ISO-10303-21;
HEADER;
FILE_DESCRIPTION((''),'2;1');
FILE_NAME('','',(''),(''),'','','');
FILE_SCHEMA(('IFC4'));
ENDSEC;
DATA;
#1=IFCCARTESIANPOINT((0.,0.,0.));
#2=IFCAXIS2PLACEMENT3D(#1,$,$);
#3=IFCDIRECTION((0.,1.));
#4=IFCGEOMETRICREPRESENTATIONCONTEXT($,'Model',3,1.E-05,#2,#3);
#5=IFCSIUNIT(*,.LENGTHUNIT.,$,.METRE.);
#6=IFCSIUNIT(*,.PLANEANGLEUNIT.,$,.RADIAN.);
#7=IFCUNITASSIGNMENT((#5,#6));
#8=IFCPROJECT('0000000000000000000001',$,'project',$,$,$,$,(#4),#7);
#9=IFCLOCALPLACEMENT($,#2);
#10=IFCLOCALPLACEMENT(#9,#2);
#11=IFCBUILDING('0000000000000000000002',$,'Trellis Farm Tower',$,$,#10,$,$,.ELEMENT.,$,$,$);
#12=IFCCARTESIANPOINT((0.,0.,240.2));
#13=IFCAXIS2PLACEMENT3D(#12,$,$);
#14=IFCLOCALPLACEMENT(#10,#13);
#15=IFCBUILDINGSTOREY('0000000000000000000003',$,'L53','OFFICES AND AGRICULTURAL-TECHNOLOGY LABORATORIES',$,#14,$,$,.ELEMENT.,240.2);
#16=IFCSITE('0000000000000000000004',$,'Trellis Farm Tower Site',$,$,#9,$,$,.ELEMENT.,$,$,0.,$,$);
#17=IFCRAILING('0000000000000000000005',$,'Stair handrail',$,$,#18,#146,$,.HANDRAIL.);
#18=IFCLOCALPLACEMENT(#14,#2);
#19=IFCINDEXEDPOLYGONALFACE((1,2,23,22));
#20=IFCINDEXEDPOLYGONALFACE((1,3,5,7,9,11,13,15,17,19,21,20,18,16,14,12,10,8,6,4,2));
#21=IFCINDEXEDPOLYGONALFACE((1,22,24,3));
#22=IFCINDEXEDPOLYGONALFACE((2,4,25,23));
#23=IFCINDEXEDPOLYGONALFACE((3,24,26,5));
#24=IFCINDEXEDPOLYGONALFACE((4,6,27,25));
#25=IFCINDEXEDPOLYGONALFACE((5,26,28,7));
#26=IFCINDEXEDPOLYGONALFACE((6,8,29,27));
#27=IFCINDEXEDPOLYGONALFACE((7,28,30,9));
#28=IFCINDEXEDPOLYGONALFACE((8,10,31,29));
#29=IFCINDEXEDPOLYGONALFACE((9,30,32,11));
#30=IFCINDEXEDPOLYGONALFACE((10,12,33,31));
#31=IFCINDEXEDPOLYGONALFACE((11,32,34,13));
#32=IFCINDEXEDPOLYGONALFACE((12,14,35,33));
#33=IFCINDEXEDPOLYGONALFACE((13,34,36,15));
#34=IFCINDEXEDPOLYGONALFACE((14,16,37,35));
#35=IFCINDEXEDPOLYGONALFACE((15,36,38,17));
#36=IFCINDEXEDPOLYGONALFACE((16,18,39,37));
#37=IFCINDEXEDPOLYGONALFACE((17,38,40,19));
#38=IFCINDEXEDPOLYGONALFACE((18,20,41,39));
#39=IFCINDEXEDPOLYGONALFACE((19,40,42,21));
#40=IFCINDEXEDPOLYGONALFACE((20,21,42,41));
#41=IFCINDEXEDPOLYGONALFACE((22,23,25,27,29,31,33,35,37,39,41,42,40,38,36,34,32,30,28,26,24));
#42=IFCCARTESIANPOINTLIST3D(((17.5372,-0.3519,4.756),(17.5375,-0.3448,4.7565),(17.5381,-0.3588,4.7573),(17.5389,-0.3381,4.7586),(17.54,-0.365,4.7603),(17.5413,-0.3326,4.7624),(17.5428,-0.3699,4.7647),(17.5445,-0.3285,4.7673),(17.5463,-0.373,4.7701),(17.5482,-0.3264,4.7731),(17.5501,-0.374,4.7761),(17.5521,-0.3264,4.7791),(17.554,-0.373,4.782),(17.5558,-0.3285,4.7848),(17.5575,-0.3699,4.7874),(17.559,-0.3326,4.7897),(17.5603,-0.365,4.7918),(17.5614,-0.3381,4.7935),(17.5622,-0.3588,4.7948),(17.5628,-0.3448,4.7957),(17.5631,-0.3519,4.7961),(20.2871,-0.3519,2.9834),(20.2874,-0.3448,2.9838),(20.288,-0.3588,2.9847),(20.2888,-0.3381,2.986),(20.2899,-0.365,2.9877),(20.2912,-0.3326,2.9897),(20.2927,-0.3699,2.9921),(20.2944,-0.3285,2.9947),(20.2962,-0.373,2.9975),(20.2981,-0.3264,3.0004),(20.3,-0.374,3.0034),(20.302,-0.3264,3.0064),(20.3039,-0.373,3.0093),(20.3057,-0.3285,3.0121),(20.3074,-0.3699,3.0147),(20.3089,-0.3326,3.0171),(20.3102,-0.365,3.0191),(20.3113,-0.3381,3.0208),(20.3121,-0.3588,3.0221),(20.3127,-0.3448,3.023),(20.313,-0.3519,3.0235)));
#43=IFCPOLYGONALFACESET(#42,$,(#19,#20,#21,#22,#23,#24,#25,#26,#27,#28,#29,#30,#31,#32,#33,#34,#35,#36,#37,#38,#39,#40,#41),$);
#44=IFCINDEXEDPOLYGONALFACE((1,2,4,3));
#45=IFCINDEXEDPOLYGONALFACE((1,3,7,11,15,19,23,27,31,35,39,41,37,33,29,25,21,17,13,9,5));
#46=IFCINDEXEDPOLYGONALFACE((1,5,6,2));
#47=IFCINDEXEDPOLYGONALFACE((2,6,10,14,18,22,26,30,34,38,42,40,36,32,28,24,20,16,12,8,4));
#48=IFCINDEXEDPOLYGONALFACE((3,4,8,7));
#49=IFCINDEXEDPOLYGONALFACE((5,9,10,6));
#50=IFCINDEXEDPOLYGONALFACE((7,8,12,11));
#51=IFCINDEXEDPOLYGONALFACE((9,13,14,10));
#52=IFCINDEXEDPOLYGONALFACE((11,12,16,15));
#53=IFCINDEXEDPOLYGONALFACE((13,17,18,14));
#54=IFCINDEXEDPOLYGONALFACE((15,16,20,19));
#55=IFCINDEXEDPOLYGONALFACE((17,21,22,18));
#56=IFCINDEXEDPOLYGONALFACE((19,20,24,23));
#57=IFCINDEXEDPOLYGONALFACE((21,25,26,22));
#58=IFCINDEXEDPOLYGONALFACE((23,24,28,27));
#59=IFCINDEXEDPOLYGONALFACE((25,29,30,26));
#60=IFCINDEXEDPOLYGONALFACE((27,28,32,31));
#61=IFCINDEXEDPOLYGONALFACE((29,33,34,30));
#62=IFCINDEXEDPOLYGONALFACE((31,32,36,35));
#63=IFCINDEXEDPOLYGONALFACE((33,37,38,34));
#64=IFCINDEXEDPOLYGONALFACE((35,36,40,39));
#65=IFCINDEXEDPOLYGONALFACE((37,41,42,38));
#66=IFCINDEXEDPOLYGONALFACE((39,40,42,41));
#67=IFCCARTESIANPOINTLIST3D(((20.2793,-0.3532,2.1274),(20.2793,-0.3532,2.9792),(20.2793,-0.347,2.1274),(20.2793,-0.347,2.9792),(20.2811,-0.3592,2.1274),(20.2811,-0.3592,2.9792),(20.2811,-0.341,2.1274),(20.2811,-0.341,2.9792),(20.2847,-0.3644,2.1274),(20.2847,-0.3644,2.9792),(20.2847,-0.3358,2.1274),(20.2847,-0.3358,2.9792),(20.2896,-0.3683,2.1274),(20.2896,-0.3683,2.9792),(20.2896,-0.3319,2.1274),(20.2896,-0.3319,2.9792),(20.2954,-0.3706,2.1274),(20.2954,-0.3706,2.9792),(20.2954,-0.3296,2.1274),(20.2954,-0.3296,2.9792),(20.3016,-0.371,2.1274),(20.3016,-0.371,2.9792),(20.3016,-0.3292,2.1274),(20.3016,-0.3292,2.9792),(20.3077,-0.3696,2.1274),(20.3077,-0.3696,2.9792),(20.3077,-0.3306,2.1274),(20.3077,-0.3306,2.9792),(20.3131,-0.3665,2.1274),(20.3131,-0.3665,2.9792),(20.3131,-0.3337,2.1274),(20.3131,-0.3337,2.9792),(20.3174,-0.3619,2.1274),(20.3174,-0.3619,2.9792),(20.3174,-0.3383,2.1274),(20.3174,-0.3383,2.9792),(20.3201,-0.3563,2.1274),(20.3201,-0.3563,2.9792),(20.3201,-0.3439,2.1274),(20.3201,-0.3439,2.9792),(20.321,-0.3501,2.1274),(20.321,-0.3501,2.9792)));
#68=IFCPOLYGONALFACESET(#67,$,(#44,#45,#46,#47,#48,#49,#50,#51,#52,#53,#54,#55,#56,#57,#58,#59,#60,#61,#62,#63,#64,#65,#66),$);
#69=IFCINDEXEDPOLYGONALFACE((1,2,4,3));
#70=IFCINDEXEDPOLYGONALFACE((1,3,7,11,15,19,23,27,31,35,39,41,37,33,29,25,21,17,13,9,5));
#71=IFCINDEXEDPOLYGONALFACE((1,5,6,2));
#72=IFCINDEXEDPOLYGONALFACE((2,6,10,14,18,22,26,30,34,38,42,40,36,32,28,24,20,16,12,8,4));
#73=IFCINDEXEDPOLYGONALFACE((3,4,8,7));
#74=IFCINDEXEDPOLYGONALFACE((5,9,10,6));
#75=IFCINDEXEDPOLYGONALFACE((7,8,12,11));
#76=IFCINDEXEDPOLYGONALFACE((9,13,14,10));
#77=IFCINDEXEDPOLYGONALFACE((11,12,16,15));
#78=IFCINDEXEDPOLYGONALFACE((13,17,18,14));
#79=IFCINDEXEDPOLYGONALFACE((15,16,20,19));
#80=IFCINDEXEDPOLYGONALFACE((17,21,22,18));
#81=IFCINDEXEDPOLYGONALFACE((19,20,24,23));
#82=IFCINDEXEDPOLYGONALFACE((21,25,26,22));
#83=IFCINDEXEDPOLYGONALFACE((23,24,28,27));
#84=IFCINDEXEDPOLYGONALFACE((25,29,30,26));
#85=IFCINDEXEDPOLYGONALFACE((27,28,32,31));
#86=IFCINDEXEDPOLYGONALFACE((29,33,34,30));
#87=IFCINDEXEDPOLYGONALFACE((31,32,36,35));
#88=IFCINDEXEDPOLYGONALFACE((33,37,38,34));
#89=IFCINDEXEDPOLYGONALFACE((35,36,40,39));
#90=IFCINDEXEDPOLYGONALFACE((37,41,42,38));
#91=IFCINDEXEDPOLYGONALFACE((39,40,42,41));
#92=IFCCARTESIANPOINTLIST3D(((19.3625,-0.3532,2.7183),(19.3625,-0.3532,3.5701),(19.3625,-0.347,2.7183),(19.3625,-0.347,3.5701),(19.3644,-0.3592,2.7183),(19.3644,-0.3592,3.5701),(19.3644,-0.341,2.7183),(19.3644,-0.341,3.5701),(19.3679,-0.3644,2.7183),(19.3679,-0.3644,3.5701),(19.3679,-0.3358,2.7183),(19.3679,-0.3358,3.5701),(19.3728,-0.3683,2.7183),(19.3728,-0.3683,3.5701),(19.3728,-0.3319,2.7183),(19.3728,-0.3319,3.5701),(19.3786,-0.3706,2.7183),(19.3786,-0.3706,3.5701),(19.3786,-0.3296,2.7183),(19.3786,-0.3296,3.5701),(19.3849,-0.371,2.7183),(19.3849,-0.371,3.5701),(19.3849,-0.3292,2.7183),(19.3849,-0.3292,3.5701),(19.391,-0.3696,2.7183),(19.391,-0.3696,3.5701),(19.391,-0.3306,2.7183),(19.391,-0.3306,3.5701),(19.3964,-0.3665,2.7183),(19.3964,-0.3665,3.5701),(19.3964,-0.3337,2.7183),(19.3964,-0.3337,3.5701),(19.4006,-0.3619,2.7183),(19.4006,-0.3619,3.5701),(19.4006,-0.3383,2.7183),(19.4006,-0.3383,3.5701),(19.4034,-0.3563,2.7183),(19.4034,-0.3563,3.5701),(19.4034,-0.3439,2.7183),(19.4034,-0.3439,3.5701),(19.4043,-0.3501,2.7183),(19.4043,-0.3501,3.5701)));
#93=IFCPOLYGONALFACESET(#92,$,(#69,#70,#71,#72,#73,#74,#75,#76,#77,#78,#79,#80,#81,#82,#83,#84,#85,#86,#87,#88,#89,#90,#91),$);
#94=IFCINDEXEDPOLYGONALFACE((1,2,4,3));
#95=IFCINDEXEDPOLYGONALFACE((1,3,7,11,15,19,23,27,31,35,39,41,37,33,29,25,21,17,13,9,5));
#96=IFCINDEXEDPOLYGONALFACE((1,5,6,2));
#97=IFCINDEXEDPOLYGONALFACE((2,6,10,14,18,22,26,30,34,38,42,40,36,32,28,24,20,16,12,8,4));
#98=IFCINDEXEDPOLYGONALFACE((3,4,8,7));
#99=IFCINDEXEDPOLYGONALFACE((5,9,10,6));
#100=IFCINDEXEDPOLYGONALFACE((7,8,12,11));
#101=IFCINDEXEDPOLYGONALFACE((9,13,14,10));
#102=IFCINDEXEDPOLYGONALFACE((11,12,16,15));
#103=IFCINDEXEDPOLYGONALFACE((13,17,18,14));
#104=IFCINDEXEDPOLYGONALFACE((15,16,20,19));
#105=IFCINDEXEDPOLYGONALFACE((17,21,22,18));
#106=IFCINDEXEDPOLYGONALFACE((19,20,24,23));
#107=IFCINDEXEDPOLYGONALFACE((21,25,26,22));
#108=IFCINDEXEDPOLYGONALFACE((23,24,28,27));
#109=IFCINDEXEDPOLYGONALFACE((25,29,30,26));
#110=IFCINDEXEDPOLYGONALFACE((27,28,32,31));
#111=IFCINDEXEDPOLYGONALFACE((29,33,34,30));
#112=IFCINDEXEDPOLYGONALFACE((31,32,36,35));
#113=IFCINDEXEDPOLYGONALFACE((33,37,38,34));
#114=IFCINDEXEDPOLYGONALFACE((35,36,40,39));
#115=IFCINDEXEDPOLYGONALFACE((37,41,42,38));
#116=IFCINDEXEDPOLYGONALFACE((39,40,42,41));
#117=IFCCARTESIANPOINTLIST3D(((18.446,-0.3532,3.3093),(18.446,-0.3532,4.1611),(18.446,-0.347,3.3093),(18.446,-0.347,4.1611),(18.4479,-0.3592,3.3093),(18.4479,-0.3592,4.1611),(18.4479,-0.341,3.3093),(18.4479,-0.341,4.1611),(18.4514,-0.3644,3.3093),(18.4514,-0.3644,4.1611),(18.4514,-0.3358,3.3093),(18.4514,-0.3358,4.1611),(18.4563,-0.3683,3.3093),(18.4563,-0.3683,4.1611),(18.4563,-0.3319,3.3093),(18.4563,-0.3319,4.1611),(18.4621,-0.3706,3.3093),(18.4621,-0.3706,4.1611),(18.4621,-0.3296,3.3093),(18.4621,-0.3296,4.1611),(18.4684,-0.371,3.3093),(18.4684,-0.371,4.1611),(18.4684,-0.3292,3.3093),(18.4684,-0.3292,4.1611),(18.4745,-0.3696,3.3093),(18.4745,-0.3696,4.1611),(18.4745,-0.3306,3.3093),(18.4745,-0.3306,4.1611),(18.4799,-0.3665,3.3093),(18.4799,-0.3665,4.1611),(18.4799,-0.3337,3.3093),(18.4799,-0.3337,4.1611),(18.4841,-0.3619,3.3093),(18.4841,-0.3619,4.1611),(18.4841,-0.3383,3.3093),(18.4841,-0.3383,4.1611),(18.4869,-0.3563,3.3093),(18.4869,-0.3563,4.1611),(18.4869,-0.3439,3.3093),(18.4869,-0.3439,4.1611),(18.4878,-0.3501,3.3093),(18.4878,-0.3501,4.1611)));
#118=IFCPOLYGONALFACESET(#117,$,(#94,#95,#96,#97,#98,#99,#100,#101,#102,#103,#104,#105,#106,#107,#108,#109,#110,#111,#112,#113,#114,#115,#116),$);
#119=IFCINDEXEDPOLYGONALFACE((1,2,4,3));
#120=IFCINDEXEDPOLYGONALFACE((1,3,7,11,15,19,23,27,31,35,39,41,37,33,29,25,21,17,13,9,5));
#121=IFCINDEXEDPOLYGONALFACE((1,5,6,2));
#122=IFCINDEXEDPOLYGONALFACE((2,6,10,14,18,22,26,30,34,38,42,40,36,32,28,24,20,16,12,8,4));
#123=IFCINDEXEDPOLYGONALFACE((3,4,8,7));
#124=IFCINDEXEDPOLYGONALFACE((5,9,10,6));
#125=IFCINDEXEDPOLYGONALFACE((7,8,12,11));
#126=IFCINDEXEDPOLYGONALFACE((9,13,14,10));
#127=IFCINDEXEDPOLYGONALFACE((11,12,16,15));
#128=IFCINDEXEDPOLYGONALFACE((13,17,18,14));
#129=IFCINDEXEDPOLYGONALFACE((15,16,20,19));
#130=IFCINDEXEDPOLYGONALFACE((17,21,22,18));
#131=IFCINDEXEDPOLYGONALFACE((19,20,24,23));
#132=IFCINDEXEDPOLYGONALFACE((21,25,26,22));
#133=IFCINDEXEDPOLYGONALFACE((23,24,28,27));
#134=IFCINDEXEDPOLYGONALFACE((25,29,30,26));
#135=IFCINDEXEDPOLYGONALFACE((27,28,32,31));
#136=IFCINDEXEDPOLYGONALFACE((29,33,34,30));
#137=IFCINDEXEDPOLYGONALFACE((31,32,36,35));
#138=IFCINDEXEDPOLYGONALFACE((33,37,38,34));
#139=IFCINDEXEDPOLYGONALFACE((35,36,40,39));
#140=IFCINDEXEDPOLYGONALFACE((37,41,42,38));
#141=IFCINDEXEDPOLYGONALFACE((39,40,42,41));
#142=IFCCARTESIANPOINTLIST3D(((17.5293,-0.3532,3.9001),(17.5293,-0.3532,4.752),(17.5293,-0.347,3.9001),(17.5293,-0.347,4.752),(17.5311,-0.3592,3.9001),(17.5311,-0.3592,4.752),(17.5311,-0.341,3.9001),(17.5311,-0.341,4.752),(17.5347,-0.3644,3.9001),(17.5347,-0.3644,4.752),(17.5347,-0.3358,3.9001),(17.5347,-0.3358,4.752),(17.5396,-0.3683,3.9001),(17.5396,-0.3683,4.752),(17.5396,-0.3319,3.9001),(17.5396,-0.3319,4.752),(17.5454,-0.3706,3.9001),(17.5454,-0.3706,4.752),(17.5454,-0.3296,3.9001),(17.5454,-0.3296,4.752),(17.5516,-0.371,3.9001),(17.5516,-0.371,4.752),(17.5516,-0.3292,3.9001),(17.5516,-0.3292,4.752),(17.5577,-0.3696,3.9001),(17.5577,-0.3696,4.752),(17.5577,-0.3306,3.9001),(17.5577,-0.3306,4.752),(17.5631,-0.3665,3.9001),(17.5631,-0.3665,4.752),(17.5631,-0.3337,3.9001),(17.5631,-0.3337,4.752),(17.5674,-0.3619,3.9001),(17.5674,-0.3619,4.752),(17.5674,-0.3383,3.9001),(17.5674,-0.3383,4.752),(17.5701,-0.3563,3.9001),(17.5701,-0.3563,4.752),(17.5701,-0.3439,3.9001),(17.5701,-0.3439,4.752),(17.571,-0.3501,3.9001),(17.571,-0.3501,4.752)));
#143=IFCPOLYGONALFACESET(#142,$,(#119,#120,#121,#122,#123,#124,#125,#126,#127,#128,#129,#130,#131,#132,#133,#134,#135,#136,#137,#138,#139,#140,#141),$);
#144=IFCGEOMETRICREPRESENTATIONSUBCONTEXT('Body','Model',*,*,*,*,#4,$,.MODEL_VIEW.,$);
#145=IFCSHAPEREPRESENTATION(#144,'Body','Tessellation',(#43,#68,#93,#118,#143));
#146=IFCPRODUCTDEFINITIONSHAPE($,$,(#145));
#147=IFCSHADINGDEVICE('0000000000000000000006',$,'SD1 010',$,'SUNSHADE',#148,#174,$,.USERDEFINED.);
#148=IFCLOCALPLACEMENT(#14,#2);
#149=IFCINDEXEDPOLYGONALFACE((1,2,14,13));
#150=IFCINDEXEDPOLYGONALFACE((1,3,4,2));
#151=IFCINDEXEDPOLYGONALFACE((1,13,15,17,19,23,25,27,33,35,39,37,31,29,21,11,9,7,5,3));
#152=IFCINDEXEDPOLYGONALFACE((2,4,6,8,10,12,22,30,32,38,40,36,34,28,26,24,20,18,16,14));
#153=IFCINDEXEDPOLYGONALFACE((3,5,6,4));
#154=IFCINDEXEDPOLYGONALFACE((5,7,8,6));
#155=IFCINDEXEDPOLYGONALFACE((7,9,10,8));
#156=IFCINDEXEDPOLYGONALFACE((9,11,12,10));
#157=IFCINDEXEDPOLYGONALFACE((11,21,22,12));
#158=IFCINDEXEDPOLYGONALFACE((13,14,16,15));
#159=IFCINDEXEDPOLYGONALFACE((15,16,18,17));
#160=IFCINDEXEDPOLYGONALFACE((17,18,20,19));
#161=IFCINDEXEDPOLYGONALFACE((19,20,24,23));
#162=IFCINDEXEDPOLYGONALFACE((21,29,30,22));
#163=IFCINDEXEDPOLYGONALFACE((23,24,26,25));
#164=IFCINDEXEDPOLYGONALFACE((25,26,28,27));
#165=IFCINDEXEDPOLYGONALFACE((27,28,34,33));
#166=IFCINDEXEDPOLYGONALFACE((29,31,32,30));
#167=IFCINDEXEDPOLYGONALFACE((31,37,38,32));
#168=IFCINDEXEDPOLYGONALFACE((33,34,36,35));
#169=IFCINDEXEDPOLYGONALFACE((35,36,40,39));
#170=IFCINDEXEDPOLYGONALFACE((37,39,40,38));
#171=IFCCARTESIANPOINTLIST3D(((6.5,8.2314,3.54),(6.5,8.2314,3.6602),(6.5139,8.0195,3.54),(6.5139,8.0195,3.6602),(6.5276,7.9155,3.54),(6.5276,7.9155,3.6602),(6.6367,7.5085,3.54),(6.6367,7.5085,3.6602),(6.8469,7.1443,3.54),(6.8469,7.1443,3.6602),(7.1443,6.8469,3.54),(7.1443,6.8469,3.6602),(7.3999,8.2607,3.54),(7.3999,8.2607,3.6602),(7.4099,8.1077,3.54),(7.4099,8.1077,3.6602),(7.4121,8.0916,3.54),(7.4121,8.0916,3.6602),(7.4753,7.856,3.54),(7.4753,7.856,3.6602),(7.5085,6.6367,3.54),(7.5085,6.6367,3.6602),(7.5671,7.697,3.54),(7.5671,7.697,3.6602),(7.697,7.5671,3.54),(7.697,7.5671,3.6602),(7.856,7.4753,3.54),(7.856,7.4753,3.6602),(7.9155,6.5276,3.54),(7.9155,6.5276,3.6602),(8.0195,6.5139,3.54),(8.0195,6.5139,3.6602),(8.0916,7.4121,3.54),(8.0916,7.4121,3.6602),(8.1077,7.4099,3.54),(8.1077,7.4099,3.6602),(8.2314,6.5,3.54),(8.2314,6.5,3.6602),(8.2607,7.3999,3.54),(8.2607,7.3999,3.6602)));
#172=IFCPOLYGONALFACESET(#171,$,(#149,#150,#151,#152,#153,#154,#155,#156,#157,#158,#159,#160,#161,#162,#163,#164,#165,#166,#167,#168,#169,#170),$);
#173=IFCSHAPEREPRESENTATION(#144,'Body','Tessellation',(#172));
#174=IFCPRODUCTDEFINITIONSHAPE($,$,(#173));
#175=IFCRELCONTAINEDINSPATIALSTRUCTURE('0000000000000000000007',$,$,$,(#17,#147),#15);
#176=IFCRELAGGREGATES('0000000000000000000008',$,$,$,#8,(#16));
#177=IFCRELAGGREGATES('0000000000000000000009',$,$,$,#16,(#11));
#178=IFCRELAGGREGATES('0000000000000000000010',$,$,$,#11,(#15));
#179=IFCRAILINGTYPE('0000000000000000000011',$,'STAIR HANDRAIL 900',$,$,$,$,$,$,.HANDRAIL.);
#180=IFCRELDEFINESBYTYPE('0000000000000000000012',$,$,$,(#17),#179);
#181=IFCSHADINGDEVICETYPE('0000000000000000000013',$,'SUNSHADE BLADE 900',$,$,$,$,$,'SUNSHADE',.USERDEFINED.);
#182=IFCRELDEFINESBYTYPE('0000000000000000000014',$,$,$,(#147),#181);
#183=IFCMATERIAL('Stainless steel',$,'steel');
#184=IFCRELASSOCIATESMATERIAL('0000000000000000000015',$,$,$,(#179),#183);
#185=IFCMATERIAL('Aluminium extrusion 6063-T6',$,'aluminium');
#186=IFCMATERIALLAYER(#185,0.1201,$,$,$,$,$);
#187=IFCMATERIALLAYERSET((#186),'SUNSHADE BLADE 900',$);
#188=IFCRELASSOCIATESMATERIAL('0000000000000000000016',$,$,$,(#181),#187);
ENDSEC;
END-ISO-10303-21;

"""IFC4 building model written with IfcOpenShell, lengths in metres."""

from ifc_helpers import new_model, si_unit, direction, frame, origin, origin_2d, place, context, subcontext, project, spatial, polyline, circle, outline, extrude, source, transform, mapped, material, layer, layer_set, type_object, element, save


model = new_model("IFC4")

# Units and contexts
model_context = context("Model", 3, precision=1e-05, world=origin(), true_north=direction((0.0, 1.0)))
body_context = subcontext(model_context, "Body", "Model", "MODEL_VIEW")
ifc_project = project(units=[si_unit("LENGTHUNIT", "METRE"), si_unit("PLANEANGLEUNIT", "RADIAN")], contexts=[model_context])

# Site, building, storey
site_placement = place(None, origin())
site = spatial("IfcSite", under=ifc_project, at=site_placement, Name="Trellis Farm Tower Site", CompositionType="ELEMENT", RefElevation=0.0)
building_placement = place(site_placement, origin())
building = spatial("IfcBuilding", under=site, at=building_placement, Name="Trellis Farm Tower", CompositionType="ELEMENT")
storey_placement = place(building_placement, frame((0.0, 0.0, 240.2)))
storey = spatial("IfcBuildingStorey", under=building, at=storey_placement, Name="L53", Description="OFFICES AND AGRICULTURAL-TECHNOLOGY LABORATORIES", CompositionType="ELEMENT", Elevation=240.2)

# Shared definitions
ifc_material_1 = material(Name="Aluminium extrusion 6063-T6", Category="aluminium")

# Railing
ifc_material_2 = material(Name="Stainless steel", Category="steel")
railing_type = type_object("IfcRailingType", Name="STAIR HANDRAIL 900", PredefinedType="HANDRAIL", material=ifc_material_2)
shared_shape_1 = source(origin(), body_context, "Body", "SweptSolid", [
    extrude(circle(Radius=0.0239, at=origin_2d()), frame((0.0, 0.0, 0.876), z_axis=(-0.840504, 0.0, 0.541806), x_axis=(0.0, -1.0, 0.0)), (0.0, 0.0, 1.0), 3.2717),
    extrude(circle(Radius=0.021, at=origin_2d()), origin(), (0.0, 0.0, 1.0), 0.8518),
    extrude(circle(Radius=0.021, at=origin_2d()), frame((-0.9167, 0.0, 0.5908)), (0.0, 0.0, 1.0), 0.8518),
    extrude(circle(Radius=0.021, at=origin_2d()), frame((-1.8333, 0.0, 1.1819)), (0.0, 0.0, 1.0), 0.8518),
    extrude(circle(Radius=0.021, at=origin_2d()), frame((-2.75, 0.0, 1.7727)), (0.0, 0.0, 1.0), 0.8518),
])
for number, where, name in (
    (1, (20.3, -0.3501, 2.1274), "Stair handrail"),
):
    element("IfcRailing", number, at=place(storey_placement, frame(where)), inside=storey, type_object=railing_type, Name=name, PredefinedType="HANDRAIL", context=body_context, shape_type="MappedRepresentation", body=[
        mapped(shared_shape_1, transform((0.0, 0.0, 0.0))),
    ])

# Shading device
ifc_layer_1 = layer(ifc_material_1, 0.1201)
ifc_layer_set_1 = layer_set([ifc_layer_1], Name="SUNSHADE BLADE 900")
shading_device_type = type_object("IfcShadingDeviceType", Name="SUNSHADE BLADE 900", ElementType="SUNSHADE", PredefinedType="USERDEFINED", material=ifc_layer_set_1)
shared_shape_2 = source(origin(), body_context, "Body", "SweptSolid", [
    extrude(outline(polyline([(8.2607, 7.3999), (8.1077, 7.4099), (8.0916, 7.4121), (7.856, 7.4753), (7.697, 7.5671), (7.5671, 7.697), (7.4753, 7.856), (7.4121, 8.0916), (7.4099, 8.1077), (7.3999, 8.2607), (6.5, 8.2314), (6.5139, 8.0195), (6.5276, 7.9155), (6.6367, 7.5085), (6.8469, 7.1443), (7.1443, 6.8469), (7.5085, 6.6367), (7.9155, 6.5276), (8.0195, 6.5139), (8.2314, 6.5), (8.2607, 7.3999)])), origin(), (0.0, 0.0, 1.0), 0.1201),
])
shading_device_placement = place(storey_placement, frame((0.0, 0.0, 3.54)))
element("IfcShadingDevice", 2, at=shading_device_placement, inside=storey, type_object=shading_device_type, Name="SD1 010", ObjectType="SUNSHADE", PredefinedType="USERDEFINED", context=body_context, shape_type="MappedRepresentation", body=[
    mapped(shared_shape_2, transform((0.0, 0.0, 0.0))),
])

save(model, "model.ifc")
